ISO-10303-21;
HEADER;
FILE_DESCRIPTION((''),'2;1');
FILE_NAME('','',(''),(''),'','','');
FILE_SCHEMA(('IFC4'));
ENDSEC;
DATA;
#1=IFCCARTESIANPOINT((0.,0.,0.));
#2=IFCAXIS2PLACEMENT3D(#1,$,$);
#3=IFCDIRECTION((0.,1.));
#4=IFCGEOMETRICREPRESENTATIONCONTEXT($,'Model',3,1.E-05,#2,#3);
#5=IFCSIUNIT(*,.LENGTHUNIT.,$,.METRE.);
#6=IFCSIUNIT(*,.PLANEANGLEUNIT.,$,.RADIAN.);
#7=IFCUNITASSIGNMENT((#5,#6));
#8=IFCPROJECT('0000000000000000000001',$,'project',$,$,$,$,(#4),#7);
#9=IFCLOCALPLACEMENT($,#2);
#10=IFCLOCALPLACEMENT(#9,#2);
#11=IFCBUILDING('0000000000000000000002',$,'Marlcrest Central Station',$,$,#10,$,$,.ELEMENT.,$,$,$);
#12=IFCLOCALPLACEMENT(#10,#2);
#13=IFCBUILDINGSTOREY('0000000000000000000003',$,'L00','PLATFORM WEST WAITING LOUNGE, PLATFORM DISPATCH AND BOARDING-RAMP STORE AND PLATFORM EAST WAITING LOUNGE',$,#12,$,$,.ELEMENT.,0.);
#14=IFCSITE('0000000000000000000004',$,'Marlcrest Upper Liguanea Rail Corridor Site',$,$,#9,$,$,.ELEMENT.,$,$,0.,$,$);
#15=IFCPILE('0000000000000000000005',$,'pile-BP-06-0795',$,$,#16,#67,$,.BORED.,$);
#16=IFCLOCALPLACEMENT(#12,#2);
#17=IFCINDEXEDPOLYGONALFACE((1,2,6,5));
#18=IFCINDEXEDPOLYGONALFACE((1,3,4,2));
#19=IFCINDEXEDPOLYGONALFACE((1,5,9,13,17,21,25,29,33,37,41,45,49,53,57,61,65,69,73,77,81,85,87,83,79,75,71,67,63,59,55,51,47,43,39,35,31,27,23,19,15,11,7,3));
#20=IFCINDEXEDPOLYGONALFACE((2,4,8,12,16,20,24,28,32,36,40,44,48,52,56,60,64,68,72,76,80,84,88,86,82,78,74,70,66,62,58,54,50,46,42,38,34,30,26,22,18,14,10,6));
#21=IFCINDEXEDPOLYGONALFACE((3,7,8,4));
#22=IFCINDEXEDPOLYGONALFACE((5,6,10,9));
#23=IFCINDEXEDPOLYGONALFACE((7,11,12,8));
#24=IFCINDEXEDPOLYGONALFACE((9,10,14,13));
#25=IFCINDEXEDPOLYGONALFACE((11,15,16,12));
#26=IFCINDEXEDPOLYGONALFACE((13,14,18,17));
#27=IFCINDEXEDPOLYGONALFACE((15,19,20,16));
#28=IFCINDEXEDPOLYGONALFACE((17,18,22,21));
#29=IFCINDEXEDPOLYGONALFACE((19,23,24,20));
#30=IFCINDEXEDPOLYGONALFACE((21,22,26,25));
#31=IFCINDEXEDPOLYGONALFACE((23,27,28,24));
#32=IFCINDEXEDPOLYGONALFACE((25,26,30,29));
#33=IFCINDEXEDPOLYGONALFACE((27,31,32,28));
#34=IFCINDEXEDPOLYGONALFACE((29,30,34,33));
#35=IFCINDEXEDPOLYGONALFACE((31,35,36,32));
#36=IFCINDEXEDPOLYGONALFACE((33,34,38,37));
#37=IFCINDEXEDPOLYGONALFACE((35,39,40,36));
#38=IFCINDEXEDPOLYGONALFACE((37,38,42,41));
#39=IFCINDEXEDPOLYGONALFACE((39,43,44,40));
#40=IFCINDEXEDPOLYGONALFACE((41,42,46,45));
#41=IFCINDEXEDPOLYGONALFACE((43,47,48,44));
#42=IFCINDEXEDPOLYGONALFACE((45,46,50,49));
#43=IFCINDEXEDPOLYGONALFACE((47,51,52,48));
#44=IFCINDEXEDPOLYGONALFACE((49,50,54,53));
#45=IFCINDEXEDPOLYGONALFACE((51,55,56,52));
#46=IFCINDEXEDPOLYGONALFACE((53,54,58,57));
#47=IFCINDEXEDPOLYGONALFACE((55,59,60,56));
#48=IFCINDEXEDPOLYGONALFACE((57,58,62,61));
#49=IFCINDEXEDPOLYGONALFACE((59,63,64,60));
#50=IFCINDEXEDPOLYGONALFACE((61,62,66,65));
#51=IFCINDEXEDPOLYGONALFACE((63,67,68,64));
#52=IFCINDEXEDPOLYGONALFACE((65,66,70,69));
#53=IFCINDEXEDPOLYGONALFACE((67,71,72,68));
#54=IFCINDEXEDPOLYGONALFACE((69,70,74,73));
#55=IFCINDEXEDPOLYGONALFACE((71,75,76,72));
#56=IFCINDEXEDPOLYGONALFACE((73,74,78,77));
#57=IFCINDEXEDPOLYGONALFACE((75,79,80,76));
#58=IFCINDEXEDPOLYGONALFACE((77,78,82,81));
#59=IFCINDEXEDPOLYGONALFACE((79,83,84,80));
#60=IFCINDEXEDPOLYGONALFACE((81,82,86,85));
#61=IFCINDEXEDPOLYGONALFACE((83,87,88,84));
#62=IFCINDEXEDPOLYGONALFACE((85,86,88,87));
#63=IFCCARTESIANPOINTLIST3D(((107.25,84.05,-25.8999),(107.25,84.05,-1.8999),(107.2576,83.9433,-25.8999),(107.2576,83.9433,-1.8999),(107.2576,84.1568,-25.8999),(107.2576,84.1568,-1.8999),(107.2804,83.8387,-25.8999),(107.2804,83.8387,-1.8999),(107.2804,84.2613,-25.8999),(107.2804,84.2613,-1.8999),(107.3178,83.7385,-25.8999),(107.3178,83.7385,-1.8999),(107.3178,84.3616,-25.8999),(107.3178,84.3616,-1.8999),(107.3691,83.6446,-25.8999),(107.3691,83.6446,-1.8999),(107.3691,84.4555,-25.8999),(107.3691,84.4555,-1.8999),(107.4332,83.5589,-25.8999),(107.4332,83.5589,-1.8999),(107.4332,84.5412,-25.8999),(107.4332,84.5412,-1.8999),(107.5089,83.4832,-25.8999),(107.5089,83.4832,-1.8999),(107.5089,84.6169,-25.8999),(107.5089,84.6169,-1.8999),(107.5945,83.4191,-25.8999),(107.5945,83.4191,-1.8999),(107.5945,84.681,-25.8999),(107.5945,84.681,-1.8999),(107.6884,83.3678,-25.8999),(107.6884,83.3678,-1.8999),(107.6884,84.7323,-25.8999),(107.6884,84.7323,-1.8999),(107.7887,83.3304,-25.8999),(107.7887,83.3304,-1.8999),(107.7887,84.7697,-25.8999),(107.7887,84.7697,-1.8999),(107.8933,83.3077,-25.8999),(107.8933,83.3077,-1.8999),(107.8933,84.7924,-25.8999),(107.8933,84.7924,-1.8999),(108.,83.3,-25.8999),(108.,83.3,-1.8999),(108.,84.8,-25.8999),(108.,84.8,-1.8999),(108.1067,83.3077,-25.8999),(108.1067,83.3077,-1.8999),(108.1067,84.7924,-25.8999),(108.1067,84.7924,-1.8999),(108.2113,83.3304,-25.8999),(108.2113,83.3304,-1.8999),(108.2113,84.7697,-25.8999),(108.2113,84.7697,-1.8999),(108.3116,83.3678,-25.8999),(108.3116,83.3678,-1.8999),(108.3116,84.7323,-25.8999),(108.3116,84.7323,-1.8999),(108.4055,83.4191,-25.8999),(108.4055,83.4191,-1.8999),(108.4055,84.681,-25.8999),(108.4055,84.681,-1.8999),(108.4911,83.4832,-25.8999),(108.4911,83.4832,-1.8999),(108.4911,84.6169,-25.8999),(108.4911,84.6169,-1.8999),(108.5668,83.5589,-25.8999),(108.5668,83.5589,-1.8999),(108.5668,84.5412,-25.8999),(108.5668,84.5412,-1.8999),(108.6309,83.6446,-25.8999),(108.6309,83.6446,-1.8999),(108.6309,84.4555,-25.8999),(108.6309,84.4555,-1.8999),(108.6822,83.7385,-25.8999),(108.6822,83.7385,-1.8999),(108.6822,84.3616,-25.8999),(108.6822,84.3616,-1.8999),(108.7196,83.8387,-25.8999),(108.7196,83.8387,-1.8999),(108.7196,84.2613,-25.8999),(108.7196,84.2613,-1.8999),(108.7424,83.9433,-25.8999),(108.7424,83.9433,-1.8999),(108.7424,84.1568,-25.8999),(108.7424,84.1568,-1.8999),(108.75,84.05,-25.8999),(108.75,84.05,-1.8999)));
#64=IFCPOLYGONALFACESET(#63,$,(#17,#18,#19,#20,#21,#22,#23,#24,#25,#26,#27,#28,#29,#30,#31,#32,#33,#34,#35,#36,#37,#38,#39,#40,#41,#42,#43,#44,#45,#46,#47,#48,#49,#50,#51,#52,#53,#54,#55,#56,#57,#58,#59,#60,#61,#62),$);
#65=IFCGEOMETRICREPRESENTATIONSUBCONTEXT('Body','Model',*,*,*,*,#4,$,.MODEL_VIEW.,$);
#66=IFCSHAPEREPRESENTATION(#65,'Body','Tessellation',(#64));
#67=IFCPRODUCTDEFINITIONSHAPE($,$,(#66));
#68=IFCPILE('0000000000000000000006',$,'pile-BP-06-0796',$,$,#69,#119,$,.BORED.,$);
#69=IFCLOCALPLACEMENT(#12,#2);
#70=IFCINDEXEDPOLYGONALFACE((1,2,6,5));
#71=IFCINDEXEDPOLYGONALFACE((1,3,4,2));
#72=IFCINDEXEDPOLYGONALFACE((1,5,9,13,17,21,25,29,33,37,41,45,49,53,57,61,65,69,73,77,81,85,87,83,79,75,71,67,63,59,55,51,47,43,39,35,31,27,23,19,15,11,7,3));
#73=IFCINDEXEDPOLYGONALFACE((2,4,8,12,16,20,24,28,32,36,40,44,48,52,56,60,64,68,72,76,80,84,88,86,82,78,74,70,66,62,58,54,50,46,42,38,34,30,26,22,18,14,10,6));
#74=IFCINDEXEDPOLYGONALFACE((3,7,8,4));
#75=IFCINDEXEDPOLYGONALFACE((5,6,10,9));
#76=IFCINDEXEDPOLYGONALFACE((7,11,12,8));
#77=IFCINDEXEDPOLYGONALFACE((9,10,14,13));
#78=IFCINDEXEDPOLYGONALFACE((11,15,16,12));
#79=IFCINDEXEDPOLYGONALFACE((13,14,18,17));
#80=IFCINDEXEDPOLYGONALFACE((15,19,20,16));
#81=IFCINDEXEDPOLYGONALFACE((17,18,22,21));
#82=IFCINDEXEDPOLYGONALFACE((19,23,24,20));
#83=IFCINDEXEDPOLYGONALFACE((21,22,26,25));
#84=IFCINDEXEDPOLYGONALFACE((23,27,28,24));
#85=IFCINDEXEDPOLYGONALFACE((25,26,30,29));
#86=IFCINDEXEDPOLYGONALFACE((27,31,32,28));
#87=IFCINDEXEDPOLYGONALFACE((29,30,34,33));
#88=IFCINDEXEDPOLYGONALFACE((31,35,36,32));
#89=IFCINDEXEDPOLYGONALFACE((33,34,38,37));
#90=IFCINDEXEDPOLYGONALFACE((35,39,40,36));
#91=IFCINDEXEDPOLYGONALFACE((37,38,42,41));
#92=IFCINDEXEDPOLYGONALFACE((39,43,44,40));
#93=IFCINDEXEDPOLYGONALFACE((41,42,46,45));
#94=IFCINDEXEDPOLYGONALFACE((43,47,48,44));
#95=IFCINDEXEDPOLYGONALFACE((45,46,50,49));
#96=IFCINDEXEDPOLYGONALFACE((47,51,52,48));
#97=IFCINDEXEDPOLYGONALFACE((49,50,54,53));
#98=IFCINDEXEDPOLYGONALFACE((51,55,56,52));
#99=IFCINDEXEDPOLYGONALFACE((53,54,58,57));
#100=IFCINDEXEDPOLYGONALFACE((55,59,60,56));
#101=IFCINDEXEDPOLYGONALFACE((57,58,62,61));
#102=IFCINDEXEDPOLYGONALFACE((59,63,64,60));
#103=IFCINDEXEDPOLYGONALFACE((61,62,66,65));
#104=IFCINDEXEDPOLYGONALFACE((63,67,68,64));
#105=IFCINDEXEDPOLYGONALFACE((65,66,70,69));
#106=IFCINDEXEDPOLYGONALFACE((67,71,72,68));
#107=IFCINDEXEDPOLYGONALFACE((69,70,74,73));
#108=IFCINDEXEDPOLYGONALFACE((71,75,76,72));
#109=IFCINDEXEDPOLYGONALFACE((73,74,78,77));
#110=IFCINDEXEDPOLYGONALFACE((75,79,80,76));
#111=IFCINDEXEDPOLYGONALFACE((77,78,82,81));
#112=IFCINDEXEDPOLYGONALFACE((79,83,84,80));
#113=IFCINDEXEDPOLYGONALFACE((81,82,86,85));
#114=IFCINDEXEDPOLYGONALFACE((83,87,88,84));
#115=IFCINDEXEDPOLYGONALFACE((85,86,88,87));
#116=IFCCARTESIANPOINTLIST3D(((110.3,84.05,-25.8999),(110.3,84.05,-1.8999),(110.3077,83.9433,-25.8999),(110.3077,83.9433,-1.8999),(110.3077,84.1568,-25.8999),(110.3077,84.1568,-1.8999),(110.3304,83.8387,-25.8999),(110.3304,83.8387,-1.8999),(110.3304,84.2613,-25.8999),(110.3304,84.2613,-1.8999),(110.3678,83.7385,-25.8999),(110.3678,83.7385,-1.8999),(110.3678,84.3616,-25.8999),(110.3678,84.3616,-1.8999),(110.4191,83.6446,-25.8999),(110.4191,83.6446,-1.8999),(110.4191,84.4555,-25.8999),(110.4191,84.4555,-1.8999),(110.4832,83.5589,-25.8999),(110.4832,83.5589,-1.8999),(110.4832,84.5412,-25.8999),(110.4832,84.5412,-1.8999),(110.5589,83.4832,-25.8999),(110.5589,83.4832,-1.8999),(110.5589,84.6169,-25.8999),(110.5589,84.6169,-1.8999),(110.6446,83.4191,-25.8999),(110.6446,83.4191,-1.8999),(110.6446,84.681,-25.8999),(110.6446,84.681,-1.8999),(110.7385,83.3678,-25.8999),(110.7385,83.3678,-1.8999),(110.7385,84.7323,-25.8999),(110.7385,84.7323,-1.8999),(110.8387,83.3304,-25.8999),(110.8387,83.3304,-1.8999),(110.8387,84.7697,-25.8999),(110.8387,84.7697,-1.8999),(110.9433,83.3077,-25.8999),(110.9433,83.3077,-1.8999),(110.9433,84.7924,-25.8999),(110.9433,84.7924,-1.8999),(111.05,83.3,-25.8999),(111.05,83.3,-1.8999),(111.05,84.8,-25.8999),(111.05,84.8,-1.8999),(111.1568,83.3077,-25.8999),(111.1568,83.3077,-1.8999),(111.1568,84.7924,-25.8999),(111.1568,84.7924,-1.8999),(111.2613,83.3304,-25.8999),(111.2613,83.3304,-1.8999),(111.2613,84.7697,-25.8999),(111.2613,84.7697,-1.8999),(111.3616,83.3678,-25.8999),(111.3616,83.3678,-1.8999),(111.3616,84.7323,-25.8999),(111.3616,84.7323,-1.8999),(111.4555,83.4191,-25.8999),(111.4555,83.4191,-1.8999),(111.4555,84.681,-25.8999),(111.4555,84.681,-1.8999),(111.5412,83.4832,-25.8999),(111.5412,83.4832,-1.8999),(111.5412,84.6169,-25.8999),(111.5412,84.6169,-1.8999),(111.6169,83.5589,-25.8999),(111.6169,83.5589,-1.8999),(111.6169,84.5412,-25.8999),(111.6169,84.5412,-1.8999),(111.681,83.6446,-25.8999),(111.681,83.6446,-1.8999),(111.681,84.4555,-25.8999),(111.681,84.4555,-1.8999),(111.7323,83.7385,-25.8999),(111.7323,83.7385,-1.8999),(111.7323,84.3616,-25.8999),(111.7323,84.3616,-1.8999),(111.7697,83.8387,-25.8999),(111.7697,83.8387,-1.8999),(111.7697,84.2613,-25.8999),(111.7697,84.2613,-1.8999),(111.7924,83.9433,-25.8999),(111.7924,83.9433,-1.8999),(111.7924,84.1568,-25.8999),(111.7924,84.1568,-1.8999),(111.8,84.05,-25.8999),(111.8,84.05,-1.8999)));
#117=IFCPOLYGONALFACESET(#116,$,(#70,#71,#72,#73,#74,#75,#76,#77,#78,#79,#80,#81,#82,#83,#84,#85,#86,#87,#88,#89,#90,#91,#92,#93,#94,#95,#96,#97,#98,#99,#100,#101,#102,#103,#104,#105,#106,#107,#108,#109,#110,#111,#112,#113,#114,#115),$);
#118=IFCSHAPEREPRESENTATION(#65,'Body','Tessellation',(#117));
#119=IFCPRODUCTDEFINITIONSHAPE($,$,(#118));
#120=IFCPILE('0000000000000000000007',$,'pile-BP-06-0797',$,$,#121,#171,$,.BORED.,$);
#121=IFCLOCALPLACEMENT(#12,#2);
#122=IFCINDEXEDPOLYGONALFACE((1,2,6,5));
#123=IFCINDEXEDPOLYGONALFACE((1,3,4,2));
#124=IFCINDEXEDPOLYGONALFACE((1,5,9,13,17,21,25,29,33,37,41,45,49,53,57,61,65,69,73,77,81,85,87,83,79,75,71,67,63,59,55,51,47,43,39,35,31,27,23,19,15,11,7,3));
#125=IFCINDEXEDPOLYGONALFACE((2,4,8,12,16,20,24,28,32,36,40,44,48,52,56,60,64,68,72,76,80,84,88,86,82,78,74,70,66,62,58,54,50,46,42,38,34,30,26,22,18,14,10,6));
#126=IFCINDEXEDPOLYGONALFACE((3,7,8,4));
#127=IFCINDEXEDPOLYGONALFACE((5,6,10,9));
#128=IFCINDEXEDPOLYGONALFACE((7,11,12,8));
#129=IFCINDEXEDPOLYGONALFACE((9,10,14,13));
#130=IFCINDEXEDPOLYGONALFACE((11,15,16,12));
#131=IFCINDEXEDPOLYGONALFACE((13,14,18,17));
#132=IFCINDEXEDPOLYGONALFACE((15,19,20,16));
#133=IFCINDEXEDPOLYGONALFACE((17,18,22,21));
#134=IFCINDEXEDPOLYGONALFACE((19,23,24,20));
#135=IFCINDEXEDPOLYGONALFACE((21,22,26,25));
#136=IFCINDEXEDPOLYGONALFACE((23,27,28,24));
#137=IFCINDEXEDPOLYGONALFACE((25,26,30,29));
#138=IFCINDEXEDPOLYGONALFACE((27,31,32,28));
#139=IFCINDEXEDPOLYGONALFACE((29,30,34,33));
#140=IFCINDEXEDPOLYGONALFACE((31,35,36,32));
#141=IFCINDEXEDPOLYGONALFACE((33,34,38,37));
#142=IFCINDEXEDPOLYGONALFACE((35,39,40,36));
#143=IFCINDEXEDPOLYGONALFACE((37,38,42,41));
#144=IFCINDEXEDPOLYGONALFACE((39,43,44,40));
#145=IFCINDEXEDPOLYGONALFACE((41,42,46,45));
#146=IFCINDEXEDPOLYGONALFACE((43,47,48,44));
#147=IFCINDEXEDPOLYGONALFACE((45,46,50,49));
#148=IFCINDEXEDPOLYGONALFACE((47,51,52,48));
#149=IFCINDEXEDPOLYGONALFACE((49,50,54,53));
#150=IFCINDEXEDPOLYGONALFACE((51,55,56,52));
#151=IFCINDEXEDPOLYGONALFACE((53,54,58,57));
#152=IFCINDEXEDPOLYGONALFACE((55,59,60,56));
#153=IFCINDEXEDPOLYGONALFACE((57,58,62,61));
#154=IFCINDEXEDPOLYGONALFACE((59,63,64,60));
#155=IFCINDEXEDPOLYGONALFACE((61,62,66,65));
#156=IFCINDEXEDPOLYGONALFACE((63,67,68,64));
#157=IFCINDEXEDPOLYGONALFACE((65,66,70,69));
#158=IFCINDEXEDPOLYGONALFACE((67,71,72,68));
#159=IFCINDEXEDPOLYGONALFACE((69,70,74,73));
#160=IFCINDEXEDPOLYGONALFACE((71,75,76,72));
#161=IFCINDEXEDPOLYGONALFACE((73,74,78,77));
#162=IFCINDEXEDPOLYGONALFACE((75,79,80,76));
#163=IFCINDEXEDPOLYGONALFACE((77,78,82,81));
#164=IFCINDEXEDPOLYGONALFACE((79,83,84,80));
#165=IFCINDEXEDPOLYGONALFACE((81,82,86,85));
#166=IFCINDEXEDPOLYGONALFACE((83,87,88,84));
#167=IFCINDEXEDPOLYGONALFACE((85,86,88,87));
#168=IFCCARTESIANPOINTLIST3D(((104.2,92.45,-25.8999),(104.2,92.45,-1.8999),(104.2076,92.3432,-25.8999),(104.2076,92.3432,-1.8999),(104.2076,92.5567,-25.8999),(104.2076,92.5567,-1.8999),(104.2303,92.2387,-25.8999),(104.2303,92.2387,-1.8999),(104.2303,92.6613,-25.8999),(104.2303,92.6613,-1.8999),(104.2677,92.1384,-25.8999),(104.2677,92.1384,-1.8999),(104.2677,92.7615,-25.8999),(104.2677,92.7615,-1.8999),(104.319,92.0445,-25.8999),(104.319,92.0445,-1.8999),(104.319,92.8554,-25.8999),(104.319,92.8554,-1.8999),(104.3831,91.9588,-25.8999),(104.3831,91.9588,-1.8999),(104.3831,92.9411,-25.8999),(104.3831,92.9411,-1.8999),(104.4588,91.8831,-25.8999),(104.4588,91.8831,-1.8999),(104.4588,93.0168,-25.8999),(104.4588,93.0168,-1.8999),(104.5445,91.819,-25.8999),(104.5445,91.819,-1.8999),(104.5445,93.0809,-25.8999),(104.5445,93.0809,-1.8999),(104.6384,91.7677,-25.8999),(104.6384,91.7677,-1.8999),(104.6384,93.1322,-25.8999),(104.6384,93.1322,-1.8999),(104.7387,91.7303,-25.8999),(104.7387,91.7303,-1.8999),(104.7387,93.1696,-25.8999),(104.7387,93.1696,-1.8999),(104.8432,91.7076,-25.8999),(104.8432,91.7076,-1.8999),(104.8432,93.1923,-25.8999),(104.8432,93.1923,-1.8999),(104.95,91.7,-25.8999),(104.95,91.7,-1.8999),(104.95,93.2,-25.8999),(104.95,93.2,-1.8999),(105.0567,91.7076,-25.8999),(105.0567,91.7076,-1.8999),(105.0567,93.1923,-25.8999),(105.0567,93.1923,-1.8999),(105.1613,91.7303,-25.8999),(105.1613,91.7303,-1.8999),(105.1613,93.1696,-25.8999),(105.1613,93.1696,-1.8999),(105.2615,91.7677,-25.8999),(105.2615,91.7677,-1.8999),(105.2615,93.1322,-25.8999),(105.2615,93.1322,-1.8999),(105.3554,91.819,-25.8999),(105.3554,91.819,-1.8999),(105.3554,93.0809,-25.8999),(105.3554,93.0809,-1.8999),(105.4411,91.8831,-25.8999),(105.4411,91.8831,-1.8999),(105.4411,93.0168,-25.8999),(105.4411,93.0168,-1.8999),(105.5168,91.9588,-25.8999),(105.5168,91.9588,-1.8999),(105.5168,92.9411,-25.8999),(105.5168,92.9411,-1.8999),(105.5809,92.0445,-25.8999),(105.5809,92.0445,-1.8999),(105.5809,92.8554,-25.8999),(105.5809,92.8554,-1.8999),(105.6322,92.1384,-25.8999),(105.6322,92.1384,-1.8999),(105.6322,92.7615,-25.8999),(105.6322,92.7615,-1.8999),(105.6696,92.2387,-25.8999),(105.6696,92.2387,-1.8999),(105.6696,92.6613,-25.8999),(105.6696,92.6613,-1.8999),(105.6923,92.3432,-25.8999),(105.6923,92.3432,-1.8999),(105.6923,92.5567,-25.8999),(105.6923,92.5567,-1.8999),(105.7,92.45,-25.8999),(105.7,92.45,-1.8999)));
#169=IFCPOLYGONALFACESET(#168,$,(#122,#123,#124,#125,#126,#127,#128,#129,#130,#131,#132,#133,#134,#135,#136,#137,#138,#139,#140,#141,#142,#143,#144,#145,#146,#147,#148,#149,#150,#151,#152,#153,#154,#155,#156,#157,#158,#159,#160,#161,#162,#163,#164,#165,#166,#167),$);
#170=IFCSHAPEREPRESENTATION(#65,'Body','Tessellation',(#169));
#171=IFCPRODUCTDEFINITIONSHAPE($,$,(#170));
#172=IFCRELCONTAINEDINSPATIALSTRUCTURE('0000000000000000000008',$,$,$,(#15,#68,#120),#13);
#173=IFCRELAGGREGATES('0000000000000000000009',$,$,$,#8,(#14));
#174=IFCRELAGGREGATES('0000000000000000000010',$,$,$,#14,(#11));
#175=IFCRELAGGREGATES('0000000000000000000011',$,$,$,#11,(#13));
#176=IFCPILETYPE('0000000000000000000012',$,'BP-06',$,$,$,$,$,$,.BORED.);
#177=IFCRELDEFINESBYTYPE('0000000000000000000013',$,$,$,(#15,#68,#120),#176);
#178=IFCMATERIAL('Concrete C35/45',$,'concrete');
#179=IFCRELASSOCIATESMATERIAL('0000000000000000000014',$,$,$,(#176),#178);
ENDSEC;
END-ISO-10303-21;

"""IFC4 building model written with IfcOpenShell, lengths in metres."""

from ifc_helpers import new_model, si_unit, direction, frame, origin, origin_2d, place, context, subcontext, project, spatial, circle, extrude, material, material_profile, profile_set, type_object, element, save


model = new_model("IFC4")

# Units and contexts
model_context = context("Model", 3, precision=1e-05, world=origin(), true_north=direction((0.0, 1.0)))
body_context = subcontext(model_context, "Body", "Model", "MODEL_VIEW")
ifc_project = project(units=[si_unit("LENGTHUNIT", "METRE"), si_unit("PLANEANGLEUNIT", "RADIAN")], contexts=[model_context])

# Site, building, storey
site_placement = place(None, origin())
site = spatial("IfcSite", under=ifc_project, at=site_placement, Name="Marlcrest Upper Liguanea Rail Corridor Site", CompositionType="ELEMENT", RefElevation=0.0)
building_placement = place(site_placement, origin())
building = spatial("IfcBuilding", under=site, at=building_placement, Name="Marlcrest Central Station", CompositionType="ELEMENT")
storey_placement = place(building_placement, origin())
storey = spatial("IfcBuildingStorey", under=building, at=storey_placement, Name="L00", Description="PLATFORM WEST WAITING LOUNGE, PLATFORM DISPATCH AND BOARDING-RAMP STORE AND PLATFORM EAST WAITING LOUNGE", CompositionType="ELEMENT", Elevation=0.0)

# Piles
ifc_material_1 = material(Name="Concrete C35/45", Category="concrete")
ifc_material_profile_1 = material_profile(ifc_material_1, circle(Radius=0.75, at=origin_2d()), Name="PILE D1500")
ifc_profile_set_1 = profile_set([ifc_material_profile_1], Name="Concrete C35/45")
pile_type_1 = type_object("IfcPileType", Name="BP-06", PredefinedType="BORED", material=ifc_profile_set_1)
for number, where, z_axis, x_axis, name in (
    (1, (108.0, 84.05, -1.8999), (0.0, 0.0, -1.0), (1.0, 0.0, 0.0), "pile-BP-06-0795"),
    (2, (111.05, 84.05, -1.8999), (0.0, 0.0, -1.0), (1.0, 0.0, 0.0), "pile-BP-06-0796"),
    (3, (104.95, 92.45, -1.8999), (0.0, 0.0, -1.0), (1.0, 0.0, 0.0), "pile-BP-06-0797"),
):
    element("IfcPile", number, at=place(storey_placement, frame(where, z_axis=z_axis, x_axis=x_axis)), inside=storey, type_object=pile_type_1, Name=name, PredefinedType="BORED", context=body_context, shape_type="SweptSolid", body=[
        extrude(circle(Radius=0.75, at=origin_2d()), origin(), (0.0, 0.0, 1.0), 24.0),
    ])

save(model, "model.ifc")
